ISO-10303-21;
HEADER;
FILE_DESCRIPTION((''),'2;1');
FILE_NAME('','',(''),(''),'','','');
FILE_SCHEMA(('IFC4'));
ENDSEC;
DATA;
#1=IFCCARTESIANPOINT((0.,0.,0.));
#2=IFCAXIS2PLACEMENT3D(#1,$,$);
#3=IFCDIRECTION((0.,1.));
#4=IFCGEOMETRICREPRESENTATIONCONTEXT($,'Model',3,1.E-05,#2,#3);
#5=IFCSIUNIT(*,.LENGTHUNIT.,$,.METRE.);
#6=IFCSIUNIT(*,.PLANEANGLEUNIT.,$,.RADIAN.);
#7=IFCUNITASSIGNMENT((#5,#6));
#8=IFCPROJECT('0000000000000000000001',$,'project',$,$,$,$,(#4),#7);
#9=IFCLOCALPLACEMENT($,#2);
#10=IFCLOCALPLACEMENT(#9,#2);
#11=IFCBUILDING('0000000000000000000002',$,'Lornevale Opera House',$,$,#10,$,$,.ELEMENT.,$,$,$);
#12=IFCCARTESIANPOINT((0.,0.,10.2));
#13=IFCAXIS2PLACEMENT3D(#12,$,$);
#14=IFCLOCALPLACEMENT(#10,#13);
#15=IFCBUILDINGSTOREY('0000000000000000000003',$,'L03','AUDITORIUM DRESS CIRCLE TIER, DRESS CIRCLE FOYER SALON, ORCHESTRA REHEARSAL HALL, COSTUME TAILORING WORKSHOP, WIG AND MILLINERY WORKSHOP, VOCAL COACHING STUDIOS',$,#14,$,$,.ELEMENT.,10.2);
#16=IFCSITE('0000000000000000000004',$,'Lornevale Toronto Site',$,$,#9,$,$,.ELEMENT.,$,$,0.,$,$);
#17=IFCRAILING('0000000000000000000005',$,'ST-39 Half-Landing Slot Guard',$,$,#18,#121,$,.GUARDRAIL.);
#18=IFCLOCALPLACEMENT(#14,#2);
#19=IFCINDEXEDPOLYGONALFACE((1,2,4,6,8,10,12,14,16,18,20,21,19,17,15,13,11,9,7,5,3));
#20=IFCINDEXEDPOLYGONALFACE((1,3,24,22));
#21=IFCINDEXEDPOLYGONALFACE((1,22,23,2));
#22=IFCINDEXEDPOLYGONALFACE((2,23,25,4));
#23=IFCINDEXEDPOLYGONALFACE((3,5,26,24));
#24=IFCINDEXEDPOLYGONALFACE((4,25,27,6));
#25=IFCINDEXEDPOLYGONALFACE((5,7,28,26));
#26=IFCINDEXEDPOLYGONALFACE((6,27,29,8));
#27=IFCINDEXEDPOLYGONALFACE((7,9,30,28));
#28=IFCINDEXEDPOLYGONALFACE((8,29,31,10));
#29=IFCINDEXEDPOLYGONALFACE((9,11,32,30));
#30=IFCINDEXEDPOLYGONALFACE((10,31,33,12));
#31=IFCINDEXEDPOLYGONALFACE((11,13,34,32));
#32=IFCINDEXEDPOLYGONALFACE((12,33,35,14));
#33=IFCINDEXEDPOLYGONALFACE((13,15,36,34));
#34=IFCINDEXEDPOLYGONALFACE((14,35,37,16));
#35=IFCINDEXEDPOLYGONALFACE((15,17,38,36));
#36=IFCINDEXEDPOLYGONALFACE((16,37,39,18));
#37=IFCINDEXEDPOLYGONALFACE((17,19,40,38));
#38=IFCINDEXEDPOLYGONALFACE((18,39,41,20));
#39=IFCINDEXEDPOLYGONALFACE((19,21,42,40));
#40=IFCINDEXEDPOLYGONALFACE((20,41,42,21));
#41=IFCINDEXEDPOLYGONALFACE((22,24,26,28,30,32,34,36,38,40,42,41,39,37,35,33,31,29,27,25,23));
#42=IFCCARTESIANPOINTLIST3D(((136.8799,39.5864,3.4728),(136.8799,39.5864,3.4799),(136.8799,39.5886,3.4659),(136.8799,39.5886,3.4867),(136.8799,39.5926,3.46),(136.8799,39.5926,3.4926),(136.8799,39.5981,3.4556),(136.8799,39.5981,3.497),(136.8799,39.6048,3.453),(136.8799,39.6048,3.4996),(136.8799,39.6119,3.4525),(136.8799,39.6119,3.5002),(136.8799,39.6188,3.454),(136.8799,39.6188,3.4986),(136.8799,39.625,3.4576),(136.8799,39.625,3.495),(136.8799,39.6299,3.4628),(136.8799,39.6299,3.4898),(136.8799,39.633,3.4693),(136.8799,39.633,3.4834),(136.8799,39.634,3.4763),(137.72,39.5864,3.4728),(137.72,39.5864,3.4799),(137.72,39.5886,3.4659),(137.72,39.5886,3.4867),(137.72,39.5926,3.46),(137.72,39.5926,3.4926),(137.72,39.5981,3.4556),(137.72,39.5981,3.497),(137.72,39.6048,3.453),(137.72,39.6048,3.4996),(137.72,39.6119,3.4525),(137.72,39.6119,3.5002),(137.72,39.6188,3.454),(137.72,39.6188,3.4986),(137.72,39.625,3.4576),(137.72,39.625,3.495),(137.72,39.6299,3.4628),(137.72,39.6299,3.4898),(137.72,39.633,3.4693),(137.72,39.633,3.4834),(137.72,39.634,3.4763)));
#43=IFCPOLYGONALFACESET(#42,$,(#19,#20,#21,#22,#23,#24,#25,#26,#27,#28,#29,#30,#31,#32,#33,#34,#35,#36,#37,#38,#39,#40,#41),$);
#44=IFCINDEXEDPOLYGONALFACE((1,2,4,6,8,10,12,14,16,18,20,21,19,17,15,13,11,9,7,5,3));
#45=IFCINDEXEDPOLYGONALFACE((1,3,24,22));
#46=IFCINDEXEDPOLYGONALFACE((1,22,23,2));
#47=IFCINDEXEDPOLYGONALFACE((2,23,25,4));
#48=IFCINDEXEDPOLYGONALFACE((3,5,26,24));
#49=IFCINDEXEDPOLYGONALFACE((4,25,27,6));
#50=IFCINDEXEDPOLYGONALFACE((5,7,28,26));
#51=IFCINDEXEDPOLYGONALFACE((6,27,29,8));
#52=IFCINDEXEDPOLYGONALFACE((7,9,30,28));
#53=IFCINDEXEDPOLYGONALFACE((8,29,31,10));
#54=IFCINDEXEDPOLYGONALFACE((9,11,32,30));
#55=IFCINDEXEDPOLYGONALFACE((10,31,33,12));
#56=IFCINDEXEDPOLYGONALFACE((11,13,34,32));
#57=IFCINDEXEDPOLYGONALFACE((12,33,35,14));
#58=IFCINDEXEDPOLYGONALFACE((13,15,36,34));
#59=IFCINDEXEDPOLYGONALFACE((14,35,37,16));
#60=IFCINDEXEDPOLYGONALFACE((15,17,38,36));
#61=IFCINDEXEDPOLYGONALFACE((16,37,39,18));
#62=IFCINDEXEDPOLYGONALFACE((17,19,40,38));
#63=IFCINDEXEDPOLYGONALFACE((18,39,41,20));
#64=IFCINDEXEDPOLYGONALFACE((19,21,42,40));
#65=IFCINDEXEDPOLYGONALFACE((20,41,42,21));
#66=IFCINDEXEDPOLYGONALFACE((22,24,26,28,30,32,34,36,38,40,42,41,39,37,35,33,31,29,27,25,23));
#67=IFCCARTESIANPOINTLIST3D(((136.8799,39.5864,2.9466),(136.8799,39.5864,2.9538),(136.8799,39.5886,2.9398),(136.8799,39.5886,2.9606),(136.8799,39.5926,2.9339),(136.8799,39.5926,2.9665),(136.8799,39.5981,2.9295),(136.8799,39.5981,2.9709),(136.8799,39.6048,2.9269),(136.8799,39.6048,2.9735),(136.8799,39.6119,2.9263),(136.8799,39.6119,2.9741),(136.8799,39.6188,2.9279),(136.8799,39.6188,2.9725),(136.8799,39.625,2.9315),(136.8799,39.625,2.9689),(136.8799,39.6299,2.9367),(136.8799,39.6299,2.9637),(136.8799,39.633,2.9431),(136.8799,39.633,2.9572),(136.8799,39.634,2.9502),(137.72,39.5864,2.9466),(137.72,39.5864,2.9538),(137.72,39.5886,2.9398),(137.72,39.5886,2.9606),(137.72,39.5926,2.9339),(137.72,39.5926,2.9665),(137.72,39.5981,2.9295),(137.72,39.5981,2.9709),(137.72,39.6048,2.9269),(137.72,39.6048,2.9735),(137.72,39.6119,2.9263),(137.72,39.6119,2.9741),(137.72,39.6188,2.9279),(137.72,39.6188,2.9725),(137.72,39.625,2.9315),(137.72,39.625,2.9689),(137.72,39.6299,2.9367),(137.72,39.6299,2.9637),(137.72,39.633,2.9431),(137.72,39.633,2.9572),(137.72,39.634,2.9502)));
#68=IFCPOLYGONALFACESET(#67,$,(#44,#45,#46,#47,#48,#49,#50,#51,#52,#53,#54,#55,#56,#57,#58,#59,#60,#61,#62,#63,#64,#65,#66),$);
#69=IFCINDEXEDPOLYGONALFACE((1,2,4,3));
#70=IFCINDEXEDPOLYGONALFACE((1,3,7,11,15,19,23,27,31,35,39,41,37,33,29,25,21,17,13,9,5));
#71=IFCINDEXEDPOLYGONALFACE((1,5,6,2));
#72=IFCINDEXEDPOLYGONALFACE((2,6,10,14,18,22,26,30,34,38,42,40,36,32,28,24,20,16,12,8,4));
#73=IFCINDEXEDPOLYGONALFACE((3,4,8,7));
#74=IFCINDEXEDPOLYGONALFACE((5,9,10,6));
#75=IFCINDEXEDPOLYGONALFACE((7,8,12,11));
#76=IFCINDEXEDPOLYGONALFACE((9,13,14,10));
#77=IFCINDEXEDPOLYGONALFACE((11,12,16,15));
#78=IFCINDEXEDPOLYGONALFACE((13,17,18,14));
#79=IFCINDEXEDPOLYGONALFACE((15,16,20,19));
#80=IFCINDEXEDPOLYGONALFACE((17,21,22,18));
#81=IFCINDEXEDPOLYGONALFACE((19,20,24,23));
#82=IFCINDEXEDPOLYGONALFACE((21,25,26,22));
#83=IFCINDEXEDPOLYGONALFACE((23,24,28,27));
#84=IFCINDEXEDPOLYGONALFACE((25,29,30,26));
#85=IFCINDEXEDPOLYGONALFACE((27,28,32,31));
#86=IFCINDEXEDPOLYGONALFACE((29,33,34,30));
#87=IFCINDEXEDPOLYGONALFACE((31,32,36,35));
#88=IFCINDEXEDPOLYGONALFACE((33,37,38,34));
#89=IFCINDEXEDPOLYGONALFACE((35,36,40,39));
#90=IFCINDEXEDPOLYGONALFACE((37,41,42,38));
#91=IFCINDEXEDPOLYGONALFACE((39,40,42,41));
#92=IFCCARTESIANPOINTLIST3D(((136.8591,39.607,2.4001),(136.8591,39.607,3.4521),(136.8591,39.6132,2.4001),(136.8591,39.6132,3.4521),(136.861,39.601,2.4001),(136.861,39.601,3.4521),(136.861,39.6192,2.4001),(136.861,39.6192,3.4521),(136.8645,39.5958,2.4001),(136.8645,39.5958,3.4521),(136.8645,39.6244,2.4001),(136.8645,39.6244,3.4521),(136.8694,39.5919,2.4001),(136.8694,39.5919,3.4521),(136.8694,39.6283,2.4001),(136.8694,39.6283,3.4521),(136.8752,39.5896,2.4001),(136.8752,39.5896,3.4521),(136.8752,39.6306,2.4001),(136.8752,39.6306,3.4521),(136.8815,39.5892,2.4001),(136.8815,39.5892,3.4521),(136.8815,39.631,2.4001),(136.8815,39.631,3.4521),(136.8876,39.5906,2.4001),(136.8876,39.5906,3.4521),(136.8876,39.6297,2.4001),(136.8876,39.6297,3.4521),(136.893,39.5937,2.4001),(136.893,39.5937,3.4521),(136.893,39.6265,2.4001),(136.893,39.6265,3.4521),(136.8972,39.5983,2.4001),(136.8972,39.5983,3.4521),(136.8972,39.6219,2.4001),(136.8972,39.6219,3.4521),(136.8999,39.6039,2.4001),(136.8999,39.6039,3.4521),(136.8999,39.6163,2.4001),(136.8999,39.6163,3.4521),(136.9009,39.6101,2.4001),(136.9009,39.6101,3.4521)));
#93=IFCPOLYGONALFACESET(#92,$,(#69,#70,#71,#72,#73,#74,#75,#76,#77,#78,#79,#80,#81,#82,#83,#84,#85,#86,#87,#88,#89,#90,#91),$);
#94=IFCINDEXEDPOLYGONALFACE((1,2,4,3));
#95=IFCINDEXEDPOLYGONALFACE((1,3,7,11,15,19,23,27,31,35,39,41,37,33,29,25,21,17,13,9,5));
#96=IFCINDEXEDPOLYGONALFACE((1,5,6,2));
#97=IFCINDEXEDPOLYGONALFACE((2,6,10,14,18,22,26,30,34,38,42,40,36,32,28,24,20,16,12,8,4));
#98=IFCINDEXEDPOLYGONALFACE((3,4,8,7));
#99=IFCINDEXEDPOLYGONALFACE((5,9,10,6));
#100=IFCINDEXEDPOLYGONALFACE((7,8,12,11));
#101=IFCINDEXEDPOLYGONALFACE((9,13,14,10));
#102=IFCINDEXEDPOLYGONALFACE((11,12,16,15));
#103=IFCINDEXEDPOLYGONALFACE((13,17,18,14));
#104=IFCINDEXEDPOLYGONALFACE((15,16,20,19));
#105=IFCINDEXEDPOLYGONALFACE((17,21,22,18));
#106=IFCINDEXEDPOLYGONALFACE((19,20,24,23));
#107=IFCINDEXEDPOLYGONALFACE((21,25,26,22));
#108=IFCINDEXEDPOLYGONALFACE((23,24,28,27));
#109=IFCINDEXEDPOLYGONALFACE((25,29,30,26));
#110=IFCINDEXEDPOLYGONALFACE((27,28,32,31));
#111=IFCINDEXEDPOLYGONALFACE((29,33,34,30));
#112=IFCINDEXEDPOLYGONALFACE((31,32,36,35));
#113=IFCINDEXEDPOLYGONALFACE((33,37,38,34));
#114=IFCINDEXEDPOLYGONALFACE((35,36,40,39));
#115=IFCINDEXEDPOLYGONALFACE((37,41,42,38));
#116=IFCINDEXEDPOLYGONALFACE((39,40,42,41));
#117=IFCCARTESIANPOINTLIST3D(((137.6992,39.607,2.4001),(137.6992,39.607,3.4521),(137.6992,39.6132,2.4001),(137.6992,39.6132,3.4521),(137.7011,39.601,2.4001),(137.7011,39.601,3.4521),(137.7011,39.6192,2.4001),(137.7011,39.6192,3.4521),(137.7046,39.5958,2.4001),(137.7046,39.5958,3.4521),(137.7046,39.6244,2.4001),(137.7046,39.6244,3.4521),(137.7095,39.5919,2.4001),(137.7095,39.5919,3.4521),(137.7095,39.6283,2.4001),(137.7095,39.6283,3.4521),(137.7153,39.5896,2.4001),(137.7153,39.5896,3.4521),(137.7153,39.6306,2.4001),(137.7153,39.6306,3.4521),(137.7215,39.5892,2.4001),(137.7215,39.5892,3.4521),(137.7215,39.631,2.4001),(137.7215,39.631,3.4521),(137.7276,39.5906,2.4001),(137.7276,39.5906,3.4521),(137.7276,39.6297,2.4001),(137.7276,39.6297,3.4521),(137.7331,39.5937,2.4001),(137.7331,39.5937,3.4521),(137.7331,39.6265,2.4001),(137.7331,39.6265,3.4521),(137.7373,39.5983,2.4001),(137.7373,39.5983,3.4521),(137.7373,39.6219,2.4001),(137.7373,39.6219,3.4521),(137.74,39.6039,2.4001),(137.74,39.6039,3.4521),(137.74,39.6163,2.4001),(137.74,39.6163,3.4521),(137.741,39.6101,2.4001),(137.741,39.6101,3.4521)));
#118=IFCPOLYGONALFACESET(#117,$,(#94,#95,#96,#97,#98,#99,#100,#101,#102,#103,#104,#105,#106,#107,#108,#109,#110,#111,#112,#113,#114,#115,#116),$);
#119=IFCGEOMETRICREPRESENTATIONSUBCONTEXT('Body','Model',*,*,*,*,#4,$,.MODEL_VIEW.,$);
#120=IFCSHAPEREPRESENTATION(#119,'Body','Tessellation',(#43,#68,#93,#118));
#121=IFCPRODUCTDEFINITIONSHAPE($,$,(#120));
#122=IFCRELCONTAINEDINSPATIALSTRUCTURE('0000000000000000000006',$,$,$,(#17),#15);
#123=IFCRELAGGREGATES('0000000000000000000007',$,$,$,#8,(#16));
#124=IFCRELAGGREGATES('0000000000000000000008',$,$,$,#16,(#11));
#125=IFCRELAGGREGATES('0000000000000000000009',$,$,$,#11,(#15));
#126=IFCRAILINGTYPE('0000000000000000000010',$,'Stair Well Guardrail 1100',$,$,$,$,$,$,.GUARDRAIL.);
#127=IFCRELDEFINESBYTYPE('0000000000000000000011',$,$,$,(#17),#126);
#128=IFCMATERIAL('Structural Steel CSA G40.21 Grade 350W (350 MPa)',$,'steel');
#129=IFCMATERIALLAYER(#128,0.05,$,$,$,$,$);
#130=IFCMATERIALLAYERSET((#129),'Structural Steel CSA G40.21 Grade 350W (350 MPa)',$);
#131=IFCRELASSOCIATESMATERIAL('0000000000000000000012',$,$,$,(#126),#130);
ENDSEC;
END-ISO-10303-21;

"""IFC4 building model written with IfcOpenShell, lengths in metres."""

from ifc_helpers import new_model, si_unit, direction, frame, origin, origin_2d, place, context, subcontext, project, spatial, circle, extrude, material, layer, layer_set, type_object, element, save


model = new_model("IFC4")

# Units and contexts
model_context = context("Model", 3, precision=1e-05, world=origin(), true_north=direction((0.0, 1.0)))
body_context = subcontext(model_context, "Body", "Model", "MODEL_VIEW")
ifc_project = project(units=[si_unit("LENGTHUNIT", "METRE"), si_unit("PLANEANGLEUNIT", "RADIAN")], contexts=[model_context])

# Site, building, storey
site_placement = place(None, origin())
site = spatial("IfcSite", under=ifc_project, at=site_placement, Name="Lornevale Toronto Site", CompositionType="ELEMENT", RefElevation=0.0)
building_placement = place(site_placement, origin())
building = spatial("IfcBuilding", under=site, at=building_placement, Name="Lornevale Opera House", CompositionType="ELEMENT")
storey_placement = place(building_placement, frame((0.0, 0.0, 10.2)))
storey = spatial("IfcBuildingStorey", under=building, at=storey_placement, Name="L03", Description="AUDITORIUM DRESS CIRCLE TIER, DRESS CIRCLE FOYER SALON, ORCHESTRA REHEARSAL HALL, COSTUME TAILORING WORKSHOP, WIG AND MILLINERY WORKSHOP, VOCAL COACHING STUDIOS", CompositionType="ELEMENT", Elevation=10.2)

# Shared definitions
ifc_material_1 = material(Name="Structural Steel CSA G40.21 Grade 350W (350 MPa)", Category="steel")

# Railing
ifc_layer_1 = layer(ifc_material_1, 0.05)
ifc_layer_set_1 = layer_set([ifc_layer_1], Name="Structural Steel CSA G40.21 Grade 350W (350 MPa)")
railing_type_1 = type_object("IfcRailingType", Name="Stair Well Guardrail 1100", PredefinedType="GUARDRAIL", material=ifc_layer_set_1)
railing_1_placement = place(storey_placement, frame((136.8799, 39.6101, 2.4001)))
element("IfcRailing", 1, at=railing_1_placement, inside=storey, type_object=railing_type_1, Name="ST-39 Half-Landing Slot Guard", PredefinedType="GUARDRAIL", context=body_context, shape_type="SweptSolid", body=[
    extrude(circle(Radius=0.0239, at=origin_2d()), frame((0.0, 0.0, 1.0762), z_axis=(1.0, 0.0, 0.0), x_axis=(0.0, 1.0, 0.0)), (0.0, 0.0, 1.0), 0.8401),
    extrude(circle(Radius=0.0239, at=origin_2d()), frame((0.0, 0.0, 0.55), z_axis=(1.0, 0.0, 0.0), x_axis=(0.0, 1.0, 0.0)), (0.0, 0.0, 1.0), 0.8401),
    extrude(circle(Radius=0.021, at=origin_2d()), origin(), (0.0, 0.0, 1.0), 1.052),
    extrude(circle(Radius=0.021, at=origin_2d()), frame((0.8401, 0.0, 0.0)), (0.0, 0.0, 1.0), 1.052),
])

save(model, "model.ifc")
